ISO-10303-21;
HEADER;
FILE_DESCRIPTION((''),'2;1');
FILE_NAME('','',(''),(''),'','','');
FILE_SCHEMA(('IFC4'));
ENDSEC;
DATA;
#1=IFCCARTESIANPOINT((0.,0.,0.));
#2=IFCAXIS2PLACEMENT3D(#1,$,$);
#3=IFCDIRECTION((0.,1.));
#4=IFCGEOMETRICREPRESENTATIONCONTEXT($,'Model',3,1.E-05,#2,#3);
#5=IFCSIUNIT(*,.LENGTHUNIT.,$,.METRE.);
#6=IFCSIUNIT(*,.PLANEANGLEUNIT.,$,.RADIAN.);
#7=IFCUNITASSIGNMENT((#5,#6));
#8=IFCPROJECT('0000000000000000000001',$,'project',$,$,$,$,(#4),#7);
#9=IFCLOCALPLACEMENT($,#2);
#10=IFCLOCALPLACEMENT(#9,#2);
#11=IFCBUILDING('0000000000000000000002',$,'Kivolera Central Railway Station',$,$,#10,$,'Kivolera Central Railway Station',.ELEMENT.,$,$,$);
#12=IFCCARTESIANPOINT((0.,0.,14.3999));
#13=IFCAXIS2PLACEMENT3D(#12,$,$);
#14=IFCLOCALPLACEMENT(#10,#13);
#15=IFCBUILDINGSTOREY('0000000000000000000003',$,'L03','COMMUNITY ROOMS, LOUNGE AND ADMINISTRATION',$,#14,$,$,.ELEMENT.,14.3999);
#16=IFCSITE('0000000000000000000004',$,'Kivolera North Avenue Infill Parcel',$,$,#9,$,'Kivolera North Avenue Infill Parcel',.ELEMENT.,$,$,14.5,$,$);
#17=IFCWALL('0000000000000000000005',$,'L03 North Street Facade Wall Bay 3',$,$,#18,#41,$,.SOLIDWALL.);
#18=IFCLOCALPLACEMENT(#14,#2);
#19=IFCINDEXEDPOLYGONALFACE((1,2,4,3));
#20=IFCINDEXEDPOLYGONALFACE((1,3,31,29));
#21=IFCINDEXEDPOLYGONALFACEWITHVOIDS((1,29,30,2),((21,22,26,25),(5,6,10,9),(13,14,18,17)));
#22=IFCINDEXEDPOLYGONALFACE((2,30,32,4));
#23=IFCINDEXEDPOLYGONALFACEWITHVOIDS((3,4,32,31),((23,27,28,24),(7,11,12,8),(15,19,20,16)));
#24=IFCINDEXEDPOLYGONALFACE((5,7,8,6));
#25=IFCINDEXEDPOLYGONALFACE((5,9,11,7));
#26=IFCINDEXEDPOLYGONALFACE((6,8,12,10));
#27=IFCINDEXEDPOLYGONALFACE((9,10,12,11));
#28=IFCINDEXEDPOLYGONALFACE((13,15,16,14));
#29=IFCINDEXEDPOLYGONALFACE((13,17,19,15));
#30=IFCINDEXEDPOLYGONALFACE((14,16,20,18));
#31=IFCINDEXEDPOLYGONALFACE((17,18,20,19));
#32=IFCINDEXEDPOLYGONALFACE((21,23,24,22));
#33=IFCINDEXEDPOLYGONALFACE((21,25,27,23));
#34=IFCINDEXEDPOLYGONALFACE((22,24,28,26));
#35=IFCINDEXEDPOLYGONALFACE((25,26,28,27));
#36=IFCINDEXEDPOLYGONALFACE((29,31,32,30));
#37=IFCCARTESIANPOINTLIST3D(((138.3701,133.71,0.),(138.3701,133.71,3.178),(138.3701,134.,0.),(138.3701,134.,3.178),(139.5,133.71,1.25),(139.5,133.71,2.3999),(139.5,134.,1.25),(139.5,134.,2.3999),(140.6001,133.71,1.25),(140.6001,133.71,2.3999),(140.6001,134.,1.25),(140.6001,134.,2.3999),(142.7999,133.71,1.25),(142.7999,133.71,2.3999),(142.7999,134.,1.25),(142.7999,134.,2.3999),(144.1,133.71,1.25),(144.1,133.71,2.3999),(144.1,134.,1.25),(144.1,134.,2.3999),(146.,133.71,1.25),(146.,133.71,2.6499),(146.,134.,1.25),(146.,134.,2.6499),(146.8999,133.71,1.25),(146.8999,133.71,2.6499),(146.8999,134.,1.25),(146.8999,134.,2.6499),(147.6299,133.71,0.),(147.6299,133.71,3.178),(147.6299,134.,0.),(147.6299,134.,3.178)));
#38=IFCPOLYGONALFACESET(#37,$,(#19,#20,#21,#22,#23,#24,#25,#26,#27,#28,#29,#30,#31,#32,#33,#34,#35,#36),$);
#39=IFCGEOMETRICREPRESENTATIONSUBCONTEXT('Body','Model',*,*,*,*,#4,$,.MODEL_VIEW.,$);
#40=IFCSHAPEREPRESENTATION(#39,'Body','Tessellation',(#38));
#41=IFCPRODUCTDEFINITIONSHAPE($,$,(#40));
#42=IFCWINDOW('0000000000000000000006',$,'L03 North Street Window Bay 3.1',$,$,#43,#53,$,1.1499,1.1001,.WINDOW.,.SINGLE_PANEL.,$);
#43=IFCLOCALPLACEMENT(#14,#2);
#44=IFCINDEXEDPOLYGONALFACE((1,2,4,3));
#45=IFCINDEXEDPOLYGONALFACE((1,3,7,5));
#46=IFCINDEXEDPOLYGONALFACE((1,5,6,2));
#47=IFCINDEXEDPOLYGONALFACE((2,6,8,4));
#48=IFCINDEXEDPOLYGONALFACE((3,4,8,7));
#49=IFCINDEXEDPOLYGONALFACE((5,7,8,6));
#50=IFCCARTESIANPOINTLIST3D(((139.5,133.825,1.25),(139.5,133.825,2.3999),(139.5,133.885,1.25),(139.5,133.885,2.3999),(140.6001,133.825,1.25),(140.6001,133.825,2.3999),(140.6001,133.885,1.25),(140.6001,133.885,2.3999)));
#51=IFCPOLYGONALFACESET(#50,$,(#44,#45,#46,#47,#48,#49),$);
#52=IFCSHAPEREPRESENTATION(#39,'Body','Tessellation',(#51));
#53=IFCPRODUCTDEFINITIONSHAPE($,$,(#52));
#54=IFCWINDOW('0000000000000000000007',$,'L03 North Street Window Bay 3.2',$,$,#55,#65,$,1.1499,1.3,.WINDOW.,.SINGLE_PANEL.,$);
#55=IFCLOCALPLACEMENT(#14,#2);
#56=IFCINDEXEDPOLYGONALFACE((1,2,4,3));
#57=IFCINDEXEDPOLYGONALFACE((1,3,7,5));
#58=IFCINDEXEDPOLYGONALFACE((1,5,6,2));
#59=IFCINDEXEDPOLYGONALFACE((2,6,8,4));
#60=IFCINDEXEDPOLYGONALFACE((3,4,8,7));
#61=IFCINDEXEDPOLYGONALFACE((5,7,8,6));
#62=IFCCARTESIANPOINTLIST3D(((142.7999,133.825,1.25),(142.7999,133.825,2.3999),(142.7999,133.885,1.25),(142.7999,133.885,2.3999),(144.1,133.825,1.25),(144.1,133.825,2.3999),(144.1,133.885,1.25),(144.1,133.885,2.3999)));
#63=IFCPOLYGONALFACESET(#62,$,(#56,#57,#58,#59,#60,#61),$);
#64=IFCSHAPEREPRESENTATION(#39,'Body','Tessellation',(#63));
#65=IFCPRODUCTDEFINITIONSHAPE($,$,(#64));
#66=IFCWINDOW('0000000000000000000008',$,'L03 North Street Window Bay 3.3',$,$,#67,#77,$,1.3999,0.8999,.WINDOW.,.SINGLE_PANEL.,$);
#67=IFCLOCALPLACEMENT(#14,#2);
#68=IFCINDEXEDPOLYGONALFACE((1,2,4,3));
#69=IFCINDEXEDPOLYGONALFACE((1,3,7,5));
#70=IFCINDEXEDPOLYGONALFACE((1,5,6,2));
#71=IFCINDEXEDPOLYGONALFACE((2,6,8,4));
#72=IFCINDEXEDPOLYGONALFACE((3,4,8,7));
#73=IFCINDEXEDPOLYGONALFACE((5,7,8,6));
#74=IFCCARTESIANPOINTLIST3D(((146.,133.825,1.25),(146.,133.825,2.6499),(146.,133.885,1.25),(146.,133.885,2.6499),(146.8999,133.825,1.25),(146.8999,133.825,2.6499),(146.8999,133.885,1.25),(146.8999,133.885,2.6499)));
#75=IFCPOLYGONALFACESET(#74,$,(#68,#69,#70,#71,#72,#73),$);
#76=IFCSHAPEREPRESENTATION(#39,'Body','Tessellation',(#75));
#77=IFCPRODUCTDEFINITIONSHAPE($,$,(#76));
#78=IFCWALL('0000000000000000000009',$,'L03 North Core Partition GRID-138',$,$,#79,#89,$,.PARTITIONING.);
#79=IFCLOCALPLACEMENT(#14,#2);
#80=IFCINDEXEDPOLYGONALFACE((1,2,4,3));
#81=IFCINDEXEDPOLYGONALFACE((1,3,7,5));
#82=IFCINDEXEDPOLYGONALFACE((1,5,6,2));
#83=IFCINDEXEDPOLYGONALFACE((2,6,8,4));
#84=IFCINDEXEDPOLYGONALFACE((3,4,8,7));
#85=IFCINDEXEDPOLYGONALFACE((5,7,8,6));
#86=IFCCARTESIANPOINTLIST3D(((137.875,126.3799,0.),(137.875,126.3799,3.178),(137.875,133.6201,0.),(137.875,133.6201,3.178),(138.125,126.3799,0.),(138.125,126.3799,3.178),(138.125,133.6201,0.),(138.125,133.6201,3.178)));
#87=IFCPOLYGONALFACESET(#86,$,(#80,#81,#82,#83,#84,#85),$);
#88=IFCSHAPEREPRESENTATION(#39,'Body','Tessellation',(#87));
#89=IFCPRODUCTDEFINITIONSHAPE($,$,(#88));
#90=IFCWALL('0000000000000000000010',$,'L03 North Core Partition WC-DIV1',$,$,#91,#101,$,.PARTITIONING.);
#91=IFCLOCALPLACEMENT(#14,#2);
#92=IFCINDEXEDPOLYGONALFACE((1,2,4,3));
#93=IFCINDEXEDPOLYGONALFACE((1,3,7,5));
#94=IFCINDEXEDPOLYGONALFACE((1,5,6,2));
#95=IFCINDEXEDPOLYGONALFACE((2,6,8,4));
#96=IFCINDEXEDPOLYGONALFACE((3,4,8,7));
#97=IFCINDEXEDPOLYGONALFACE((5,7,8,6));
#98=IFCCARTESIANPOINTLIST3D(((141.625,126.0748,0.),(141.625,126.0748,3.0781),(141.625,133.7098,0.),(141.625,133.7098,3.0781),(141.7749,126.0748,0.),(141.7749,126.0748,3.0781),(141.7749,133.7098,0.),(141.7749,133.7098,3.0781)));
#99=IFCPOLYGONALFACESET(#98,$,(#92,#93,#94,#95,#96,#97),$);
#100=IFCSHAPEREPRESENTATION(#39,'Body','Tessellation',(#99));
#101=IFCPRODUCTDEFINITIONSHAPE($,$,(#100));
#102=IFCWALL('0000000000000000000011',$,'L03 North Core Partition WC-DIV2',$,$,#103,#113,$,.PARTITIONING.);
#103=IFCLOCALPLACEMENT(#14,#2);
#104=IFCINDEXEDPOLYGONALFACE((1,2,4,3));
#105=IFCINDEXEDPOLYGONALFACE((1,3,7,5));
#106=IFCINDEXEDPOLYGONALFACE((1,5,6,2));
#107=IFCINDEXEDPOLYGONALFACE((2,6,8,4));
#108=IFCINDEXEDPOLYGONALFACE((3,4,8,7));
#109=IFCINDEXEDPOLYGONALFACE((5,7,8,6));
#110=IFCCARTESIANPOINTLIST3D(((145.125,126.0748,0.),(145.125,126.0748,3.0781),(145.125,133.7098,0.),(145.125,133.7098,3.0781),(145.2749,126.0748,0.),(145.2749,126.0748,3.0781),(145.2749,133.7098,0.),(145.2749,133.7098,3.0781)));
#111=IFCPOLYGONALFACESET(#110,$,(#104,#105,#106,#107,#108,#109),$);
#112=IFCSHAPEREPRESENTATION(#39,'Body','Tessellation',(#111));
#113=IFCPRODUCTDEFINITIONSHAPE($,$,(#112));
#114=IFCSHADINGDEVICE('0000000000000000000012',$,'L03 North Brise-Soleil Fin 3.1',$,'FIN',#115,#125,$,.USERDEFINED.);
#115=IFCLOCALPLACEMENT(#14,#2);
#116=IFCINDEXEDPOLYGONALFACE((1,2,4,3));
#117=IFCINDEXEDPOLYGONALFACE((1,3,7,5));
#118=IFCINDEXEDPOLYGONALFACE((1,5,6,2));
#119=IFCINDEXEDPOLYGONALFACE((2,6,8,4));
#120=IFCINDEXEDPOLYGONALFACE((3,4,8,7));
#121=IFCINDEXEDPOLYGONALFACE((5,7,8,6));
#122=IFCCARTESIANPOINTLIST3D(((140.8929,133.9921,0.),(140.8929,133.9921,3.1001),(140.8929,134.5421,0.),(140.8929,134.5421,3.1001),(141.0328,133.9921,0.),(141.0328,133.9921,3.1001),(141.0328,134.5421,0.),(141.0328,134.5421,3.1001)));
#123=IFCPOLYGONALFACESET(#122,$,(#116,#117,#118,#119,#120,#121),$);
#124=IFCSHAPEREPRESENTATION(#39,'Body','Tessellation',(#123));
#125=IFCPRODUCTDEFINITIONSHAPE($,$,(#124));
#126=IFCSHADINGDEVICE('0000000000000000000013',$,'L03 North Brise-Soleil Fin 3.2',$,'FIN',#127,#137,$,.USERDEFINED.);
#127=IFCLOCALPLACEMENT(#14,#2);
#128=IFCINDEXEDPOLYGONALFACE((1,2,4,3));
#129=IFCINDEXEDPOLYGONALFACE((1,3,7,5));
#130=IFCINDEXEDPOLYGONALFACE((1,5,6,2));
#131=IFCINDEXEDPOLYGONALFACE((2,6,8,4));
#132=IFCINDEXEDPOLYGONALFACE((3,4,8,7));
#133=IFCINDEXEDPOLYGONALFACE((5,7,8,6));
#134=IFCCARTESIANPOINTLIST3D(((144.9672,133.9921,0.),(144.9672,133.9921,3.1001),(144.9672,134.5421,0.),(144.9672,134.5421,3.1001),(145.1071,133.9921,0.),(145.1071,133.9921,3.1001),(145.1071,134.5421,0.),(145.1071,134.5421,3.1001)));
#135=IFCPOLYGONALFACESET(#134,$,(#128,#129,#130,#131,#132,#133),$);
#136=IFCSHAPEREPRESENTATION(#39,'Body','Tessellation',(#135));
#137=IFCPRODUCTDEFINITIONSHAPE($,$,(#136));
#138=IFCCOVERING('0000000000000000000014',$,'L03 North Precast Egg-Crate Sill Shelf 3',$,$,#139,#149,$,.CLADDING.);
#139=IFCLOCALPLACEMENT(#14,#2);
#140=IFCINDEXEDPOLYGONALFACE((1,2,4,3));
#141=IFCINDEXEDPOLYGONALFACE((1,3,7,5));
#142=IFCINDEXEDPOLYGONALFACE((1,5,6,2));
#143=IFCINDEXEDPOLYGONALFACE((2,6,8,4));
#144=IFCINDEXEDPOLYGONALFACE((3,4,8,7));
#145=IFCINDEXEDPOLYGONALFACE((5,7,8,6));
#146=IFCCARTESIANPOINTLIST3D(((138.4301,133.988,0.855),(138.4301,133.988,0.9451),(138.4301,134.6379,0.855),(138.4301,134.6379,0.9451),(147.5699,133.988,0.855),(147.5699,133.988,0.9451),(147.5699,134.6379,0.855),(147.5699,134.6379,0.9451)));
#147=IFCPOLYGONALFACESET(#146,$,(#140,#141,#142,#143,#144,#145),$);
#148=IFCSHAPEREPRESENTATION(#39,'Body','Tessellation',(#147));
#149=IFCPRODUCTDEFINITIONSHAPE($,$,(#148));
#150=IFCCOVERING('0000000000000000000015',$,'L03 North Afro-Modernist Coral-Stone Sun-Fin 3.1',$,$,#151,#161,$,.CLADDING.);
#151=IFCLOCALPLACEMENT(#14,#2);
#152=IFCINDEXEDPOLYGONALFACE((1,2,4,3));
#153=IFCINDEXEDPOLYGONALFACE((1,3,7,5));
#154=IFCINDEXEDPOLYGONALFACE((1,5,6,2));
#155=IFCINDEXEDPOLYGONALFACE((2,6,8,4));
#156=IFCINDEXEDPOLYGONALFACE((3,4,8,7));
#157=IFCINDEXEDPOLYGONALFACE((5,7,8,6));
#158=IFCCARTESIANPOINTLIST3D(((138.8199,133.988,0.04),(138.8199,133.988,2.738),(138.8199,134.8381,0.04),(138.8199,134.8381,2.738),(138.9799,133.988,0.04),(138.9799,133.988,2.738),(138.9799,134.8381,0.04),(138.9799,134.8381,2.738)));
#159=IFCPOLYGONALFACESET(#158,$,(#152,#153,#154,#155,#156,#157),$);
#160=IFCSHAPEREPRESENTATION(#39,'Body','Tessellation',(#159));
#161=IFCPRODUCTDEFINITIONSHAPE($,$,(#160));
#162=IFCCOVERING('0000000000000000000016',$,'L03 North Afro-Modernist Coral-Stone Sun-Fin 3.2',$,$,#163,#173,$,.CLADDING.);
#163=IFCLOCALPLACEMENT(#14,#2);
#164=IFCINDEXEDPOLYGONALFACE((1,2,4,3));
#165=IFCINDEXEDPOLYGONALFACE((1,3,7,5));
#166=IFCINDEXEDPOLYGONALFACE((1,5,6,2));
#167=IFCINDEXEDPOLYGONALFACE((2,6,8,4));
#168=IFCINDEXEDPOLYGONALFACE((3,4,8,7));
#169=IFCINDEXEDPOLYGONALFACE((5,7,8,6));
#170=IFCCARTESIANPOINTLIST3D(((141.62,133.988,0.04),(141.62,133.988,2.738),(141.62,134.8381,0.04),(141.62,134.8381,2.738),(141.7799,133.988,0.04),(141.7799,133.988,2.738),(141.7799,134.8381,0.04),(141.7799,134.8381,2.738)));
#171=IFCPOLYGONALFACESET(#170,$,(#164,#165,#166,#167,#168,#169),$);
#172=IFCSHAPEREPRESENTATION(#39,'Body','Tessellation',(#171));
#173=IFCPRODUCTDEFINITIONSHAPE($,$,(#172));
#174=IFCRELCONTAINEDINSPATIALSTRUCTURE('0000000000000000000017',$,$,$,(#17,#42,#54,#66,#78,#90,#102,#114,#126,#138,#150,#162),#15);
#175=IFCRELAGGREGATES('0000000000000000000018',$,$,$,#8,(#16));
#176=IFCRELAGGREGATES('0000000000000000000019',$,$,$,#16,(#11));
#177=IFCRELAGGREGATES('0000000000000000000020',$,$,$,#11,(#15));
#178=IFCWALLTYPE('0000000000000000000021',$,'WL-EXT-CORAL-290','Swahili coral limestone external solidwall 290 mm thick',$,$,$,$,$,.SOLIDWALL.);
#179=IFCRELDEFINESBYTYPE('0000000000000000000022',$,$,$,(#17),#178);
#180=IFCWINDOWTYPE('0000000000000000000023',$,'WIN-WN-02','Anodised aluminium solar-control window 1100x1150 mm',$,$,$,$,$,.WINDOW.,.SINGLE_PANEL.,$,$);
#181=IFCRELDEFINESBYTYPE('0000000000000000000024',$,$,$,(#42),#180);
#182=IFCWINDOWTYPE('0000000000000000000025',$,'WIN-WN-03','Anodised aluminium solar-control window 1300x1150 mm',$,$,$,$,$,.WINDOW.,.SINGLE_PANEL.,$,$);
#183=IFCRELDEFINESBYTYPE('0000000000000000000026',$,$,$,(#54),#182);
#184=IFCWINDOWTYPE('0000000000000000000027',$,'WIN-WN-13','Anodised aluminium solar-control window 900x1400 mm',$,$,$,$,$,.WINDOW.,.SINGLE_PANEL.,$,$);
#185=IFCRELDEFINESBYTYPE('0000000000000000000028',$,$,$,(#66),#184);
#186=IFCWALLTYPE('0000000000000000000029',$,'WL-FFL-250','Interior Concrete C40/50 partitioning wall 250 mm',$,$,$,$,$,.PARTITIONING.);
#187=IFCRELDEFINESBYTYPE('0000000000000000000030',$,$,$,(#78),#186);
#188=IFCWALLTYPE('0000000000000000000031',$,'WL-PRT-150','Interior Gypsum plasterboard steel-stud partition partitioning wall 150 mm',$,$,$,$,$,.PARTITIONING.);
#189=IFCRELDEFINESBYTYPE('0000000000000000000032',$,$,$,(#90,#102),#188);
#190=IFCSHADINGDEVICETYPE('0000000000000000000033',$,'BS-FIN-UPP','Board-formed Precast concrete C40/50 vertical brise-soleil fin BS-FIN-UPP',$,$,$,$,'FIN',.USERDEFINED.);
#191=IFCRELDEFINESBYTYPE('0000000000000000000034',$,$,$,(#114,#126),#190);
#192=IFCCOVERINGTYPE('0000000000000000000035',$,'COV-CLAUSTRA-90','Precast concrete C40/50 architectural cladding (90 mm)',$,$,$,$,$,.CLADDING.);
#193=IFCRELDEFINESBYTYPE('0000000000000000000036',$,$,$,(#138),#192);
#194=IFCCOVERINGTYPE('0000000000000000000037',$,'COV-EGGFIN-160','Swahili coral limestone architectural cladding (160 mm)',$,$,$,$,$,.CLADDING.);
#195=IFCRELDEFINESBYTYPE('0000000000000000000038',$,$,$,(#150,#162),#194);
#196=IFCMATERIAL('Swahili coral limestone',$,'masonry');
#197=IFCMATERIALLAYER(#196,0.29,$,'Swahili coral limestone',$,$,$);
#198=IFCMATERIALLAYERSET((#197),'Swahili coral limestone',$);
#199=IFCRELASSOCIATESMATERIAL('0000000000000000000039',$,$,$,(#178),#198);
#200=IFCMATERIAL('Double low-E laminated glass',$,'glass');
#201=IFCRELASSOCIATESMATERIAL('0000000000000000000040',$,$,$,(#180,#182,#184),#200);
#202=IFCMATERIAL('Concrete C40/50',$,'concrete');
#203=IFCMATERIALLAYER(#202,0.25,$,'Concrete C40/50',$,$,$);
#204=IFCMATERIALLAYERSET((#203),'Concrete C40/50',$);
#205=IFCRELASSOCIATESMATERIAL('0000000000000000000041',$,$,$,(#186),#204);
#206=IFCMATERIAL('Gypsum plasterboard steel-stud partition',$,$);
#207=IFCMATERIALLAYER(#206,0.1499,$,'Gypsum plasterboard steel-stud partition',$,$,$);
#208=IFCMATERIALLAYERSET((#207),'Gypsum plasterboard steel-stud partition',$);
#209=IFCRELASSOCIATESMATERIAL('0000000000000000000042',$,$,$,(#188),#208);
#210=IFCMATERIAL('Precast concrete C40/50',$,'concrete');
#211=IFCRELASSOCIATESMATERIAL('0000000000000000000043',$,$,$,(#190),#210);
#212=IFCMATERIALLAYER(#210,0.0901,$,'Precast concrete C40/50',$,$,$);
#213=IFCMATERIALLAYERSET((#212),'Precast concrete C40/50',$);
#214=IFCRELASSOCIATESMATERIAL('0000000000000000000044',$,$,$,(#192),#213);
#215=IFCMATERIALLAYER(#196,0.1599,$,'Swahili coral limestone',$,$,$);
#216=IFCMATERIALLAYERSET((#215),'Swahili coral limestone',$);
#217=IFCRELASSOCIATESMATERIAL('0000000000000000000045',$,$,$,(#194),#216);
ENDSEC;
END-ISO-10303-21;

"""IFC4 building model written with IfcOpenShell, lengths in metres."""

from ifc_helpers import new_model, si_unit, direction, frame, frame_2d, origin, origin_2d, place, context, subcontext, project, spatial, rectangle, extrude, material, layer, layer_set, type_object, element, fill, save


model = new_model("IFC4")

# Units and contexts
model_context = context("Model", 3, precision=1e-05, world=origin(), true_north=direction((0.0, 1.0)))
body_context = subcontext(model_context, "Body", "Model", "MODEL_VIEW")
ifc_project = project(units=[si_unit("LENGTHUNIT", "METRE"), si_unit("PLANEANGLEUNIT", "RADIAN")], contexts=[model_context])

# Site, building, storey
site_placement = place(None, origin())
site = spatial("IfcSite", under=ifc_project, at=site_placement, Name="Kivolera North Avenue Infill Parcel", LongName="Kivolera North Avenue Infill Parcel", CompositionType="ELEMENT", RefElevation=14.5)
building_placement = place(site_placement, origin())
building = spatial("IfcBuilding", under=site, at=building_placement, Name="Kivolera Central Railway Station", LongName="Kivolera Central Railway Station", CompositionType="ELEMENT")
storey_placement = place(building_placement, frame((0.0, 0.0, 14.3999)))
storey = spatial("IfcBuildingStorey", under=building, at=storey_placement, Name="L03", Description="COMMUNITY ROOMS, LOUNGE AND ADMINISTRATION", CompositionType="ELEMENT", Elevation=14.3999)

# Shared definitions
ifc_material_1 = material(Name="Concrete C40/50", Category="concrete")

# Wall, openings, windows
ifc_material_2 = material(Name="Swahili coral limestone", Category="masonry")
ifc_layer_1 = layer(ifc_material_2, 0.29, Name="Swahili coral limestone")
ifc_layer_set_1 = layer_set([ifc_layer_1], Name="Swahili coral limestone")
wall_type_1 = type_object("IfcWallType", Name="WL-EXT-CORAL-290", Description="Swahili coral limestone external solidwall 290 mm thick", PredefinedType="SOLIDWALL", material=ifc_layer_set_1)
wall_1_placement = place(storey_placement, frame((138.3701, 133.855, 0.0), z_axis=(0.0, 0.0, 1.0), x_axis=(1.0, 0.0, 0.0)))
wall_1 = element("IfcWall", 1, at=wall_1_placement, inside=storey, type_object=wall_type_1, Name="L03 North Street Facade Wall Bay 3", PredefinedType="SOLIDWALL", context=body_context, shape_type="SweptSolid", body=[
    extrude(rectangle(XDim=9.2598, YDim=0.29, at=frame_2d((4.6299, 0.0))), origin(), (0.0, 0.0, 1.0), 3.178),
])
opening_1_placement = place(wall_1_placement, frame((1.1299, 0.0, 1.25)))
opening_1 = element("IfcOpeningElement", 2, at=opening_1_placement, cuts=wall_1, PredefinedType="OPENING", context=body_context, shape_type="SweptSolid", body=[
    extrude(rectangle(XDim=1.1001, YDim=1.1499, at=frame_2d((0.55, 0.575))), frame((0.0, 0.155, 0.0), z_axis=(0.0, -1.0, 0.0), x_axis=(1.0, 0.0, 0.0)), (0.0, 0.0, 1.0), 0.3101),
])
opening_2_placement = place(wall_1_placement, frame((4.4299, 0.0, 1.25)))
opening_2 = element("IfcOpeningElement", 3, at=opening_2_placement, cuts=wall_1, PredefinedType="OPENING", context=body_context, shape_type="SweptSolid", body=[
    extrude(rectangle(XDim=1.3, YDim=1.1499, at=frame_2d((0.6499, 0.575))), frame((0.0, 0.155, 0.0), z_axis=(0.0, -1.0, 0.0), x_axis=(1.0, 0.0, 0.0)), (0.0, 0.0, 1.0), 0.3101),
])
opening_3_placement = place(wall_1_placement, frame((7.6299, 0.0, 1.25)))
opening_3 = element("IfcOpeningElement", 4, at=opening_3_placement, cuts=wall_1, PredefinedType="OPENING", context=body_context, shape_type="SweptSolid", body=[
    extrude(rectangle(XDim=0.8999, YDim=1.3999, at=frame_2d((0.45, 0.7))), frame((0.0, 0.155, 0.0), z_axis=(0.0, -1.0, 0.0), x_axis=(1.0, 0.0, 0.0)), (0.0, 0.0, 1.0), 0.3101),
])
ifc_material_3 = material(Name="Double low-E laminated glass", Category="glass")
window_type_1 = type_object("IfcWindowType", Name="WIN-WN-02", Description="Anodised aluminium solar-control window 1100x1150 mm", PartitioningType="SINGLE_PANEL", PredefinedType="WINDOW", material=ifc_material_3)
window_1_placement = place(opening_1_placement, origin())
window_1 = element("IfcWindow", 5, at=window_1_placement, inside=storey, type_object=window_type_1, Name="L03 North Street Window Bay 3.1", OverallHeight=1.1499, OverallWidth=1.1001, PartitioningType="SINGLE_PANEL", PredefinedType="WINDOW", context=body_context, shape_type="SweptSolid", body=[
    extrude(rectangle(XDim=1.1001, YDim=1.1499, at=frame_2d((0.55, 0.575))), frame((0.0, 0.03, 0.0), z_axis=(0.0, -1.0, 0.0), x_axis=(1.0, 0.0, 0.0)), (0.0, 0.0, 1.0), 0.0601),
])
fill(opening_1, window_1)
window_type_2 = type_object("IfcWindowType", Name="WIN-WN-03", Description="Anodised aluminium solar-control window 1300x1150 mm", PartitioningType="SINGLE_PANEL", PredefinedType="WINDOW", material=ifc_material_3)
window_2_placement = place(opening_2_placement, origin())
window_2 = element("IfcWindow", 6, at=window_2_placement, inside=storey, type_object=window_type_2, Name="L03 North Street Window Bay 3.2", OverallHeight=1.1499, OverallWidth=1.3, PartitioningType="SINGLE_PANEL", PredefinedType="WINDOW", context=body_context, shape_type="SweptSolid", body=[
    extrude(rectangle(XDim=1.3, YDim=1.1499, at=frame_2d((0.6499, 0.575))), frame((0.0, 0.03, 0.0), z_axis=(0.0, -1.0, 0.0), x_axis=(1.0, 0.0, 0.0)), (0.0, 0.0, 1.0), 0.0601),
])
fill(opening_2, window_2)
window_type_3 = type_object("IfcWindowType", Name="WIN-WN-13", Description="Anodised aluminium solar-control window 900x1400 mm", PartitioningType="SINGLE_PANEL", PredefinedType="WINDOW", material=ifc_material_3)
window_3_placement = place(opening_3_placement, origin())
window_3 = element("IfcWindow", 7, at=window_3_placement, inside=storey, type_object=window_type_3, Name="L03 North Street Window Bay 3.3", OverallHeight=1.3999, OverallWidth=0.8999, PartitioningType="SINGLE_PANEL", PredefinedType="WINDOW", context=body_context, shape_type="SweptSolid", body=[
    extrude(rectangle(XDim=0.8999, YDim=1.3999, at=frame_2d((0.45, 0.7))), frame((0.0, 0.03, 0.0), z_axis=(0.0, -1.0, 0.0), x_axis=(1.0, 0.0, 0.0)), (0.0, 0.0, 1.0), 0.0601),
])
fill(opening_3, window_3)

# Walls
ifc_layer_2 = layer(ifc_material_1, 0.25, Name="Concrete C40/50")
ifc_layer_set_2 = layer_set([ifc_layer_2], Name="Concrete C40/50")
wall_type_2 = type_object("IfcWallType", Name="WL-FFL-250", Description="Interior Concrete C40/50 partitioning wall 250 mm", PredefinedType="PARTITIONING", material=ifc_layer_set_2)
wall_2_placement = place(storey_placement, frame((138.0, 126.3799, 0.0), z_axis=(0.0, 0.0, 1.0), x_axis=(0.0, 1.0, 0.0)))
element("IfcWall", 8, at=wall_2_placement, inside=storey, type_object=wall_type_2, Name="L03 North Core Partition GRID-138", PredefinedType="PARTITIONING", context=body_context, shape_type="SweptSolid", body=[
    extrude(rectangle(XDim=7.2402, YDim=0.25, at=frame_2d((3.6201, 0.0))), origin(), (0.0, 0.0, 1.0), 3.178),
])
ifc_material_4 = material(Name="Gypsum plasterboard steel-stud partition")
ifc_layer_3 = layer(ifc_material_4, 0.1499, Name="Gypsum plasterboard steel-stud partition")
ifc_layer_set_3 = layer_set([ifc_layer_3], Name="Gypsum plasterboard steel-stud partition")
wall_type_3 = type_object("IfcWallType", Name="WL-PRT-150", Description="Interior Gypsum plasterboard steel-stud partition partitioning wall 150 mm", PredefinedType="PARTITIONING", material=ifc_layer_set_3)
for number, where, z_axis, x_axis, name in (
    (9, (141.7, 126.075, 0.0), (0.0, 0.0, 1.0), (0.0, 1.0, 0.0), "L03 North Core Partition WC-DIV1"),
    (10, (145.2, 126.075, 0.0), (0.0, 0.0, 1.0), (0.0, 1.0, 0.0), "L03 North Core Partition WC-DIV2"),
):
    element("IfcWall", number, at=place(storey_placement, frame(where, z_axis=z_axis, x_axis=x_axis)), inside=storey, type_object=wall_type_3, Name=name, PredefinedType="PARTITIONING", context=body_context, shape_type="SweptSolid", body=[
        extrude(rectangle(XDim=7.635, YDim=0.1499, at=frame_2d((3.8174, 0.0))), origin(), (0.0, 0.0, 1.0), 3.0781),
    ])

# Shading devices
ifc_material_5 = material(Name="Precast concrete C40/50", Category="concrete")
shading_device_type = type_object("IfcShadingDeviceType", Name="BS-FIN-UPP", Description="Board-formed Precast concrete C40/50 vertical brise-soleil fin BS-FIN-UPP", ElementType="FIN", PredefinedType="USERDEFINED", material=ifc_material_5)
for number, where, z_axis, x_axis, name in (
    (11, (140.9629, 134.2671, 0.0), (0.0, 0.0, 1.0), (1.0, 0.0, 0.0), "L03 North Brise-Soleil Fin 3.1"),
    (12, (145.0371, 134.2671, 0.0), (0.0, 0.0, 1.0), (1.0, 0.0, 0.0), "L03 North Brise-Soleil Fin 3.2"),
):
    element("IfcShadingDevice", number, at=place(storey_placement, frame(where, z_axis=z_axis, x_axis=x_axis)), inside=storey, type_object=shading_device_type, Name=name, ObjectType="FIN", PredefinedType="USERDEFINED", context=body_context, shape_type="SweptSolid", body=[
        extrude(rectangle(XDim=0.1399, YDim=0.55, at=origin_2d()), origin(), (0.0, 0.0, 1.0), 3.1001),
    ])

# Coverings
ifc_layer_4 = layer(ifc_material_5, 0.0901, Name="Precast concrete C40/50")
ifc_layer_set_4 = layer_set([ifc_layer_4], Name="Precast concrete C40/50")
covering_type_1 = type_object("IfcCoveringType", Name="COV-CLAUSTRA-90", Description="Precast concrete C40/50 architectural cladding (90 mm)", PredefinedType="CLADDING", material=ifc_layer_set_4)
covering_1_placement = place(storey_placement, frame((143.0, 134.313, 0.855), z_axis=(0.0, 0.0, 1.0), x_axis=(1.0, 0.0, 0.0)))
element("IfcCovering", 13, at=covering_1_placement, inside=storey, type_object=covering_type_1, Name="L03 North Precast Egg-Crate Sill Shelf 3", PredefinedType="CLADDING", context=body_context, shape_type="SweptSolid", body=[
    extrude(rectangle(XDim=9.1399, YDim=0.6499, at=origin_2d()), origin(), (0.0, 0.0, 1.0), 0.0901),
])
ifc_layer_5 = layer(ifc_material_2, 0.1599, Name="Swahili coral limestone")
ifc_layer_set_5 = layer_set([ifc_layer_5], Name="Swahili coral limestone")
covering_type_2 = type_object("IfcCoveringType", Name="COV-EGGFIN-160", Description="Swahili coral limestone architectural cladding (160 mm)", PredefinedType="CLADDING", material=ifc_layer_set_5)
for number, where, z_axis, x_axis, name in (
    (14, (138.8999, 134.4131, 0.04), (0.0, 0.0, 1.0), (1.0, 0.0, 0.0), "L03 North Afro-Modernist Coral-Stone Sun-Fin 3.1"),
    (15, (141.7, 134.4131, 0.04), (0.0, 0.0, 1.0), (1.0, 0.0, 0.0), "L03 North Afro-Modernist Coral-Stone Sun-Fin 3.2"),
):
    element("IfcCovering", number, at=place(storey_placement, frame(where, z_axis=z_axis, x_axis=x_axis)), inside=storey, type_object=covering_type_2, Name=name, PredefinedType="CLADDING", context=body_context, shape_type="SweptSolid", body=[
        extrude(rectangle(XDim=0.1599, YDim=0.8501, at=origin_2d()), origin(), (0.0, 0.0, 1.0), 2.698),
    ])

save(model, "model.ifc")
